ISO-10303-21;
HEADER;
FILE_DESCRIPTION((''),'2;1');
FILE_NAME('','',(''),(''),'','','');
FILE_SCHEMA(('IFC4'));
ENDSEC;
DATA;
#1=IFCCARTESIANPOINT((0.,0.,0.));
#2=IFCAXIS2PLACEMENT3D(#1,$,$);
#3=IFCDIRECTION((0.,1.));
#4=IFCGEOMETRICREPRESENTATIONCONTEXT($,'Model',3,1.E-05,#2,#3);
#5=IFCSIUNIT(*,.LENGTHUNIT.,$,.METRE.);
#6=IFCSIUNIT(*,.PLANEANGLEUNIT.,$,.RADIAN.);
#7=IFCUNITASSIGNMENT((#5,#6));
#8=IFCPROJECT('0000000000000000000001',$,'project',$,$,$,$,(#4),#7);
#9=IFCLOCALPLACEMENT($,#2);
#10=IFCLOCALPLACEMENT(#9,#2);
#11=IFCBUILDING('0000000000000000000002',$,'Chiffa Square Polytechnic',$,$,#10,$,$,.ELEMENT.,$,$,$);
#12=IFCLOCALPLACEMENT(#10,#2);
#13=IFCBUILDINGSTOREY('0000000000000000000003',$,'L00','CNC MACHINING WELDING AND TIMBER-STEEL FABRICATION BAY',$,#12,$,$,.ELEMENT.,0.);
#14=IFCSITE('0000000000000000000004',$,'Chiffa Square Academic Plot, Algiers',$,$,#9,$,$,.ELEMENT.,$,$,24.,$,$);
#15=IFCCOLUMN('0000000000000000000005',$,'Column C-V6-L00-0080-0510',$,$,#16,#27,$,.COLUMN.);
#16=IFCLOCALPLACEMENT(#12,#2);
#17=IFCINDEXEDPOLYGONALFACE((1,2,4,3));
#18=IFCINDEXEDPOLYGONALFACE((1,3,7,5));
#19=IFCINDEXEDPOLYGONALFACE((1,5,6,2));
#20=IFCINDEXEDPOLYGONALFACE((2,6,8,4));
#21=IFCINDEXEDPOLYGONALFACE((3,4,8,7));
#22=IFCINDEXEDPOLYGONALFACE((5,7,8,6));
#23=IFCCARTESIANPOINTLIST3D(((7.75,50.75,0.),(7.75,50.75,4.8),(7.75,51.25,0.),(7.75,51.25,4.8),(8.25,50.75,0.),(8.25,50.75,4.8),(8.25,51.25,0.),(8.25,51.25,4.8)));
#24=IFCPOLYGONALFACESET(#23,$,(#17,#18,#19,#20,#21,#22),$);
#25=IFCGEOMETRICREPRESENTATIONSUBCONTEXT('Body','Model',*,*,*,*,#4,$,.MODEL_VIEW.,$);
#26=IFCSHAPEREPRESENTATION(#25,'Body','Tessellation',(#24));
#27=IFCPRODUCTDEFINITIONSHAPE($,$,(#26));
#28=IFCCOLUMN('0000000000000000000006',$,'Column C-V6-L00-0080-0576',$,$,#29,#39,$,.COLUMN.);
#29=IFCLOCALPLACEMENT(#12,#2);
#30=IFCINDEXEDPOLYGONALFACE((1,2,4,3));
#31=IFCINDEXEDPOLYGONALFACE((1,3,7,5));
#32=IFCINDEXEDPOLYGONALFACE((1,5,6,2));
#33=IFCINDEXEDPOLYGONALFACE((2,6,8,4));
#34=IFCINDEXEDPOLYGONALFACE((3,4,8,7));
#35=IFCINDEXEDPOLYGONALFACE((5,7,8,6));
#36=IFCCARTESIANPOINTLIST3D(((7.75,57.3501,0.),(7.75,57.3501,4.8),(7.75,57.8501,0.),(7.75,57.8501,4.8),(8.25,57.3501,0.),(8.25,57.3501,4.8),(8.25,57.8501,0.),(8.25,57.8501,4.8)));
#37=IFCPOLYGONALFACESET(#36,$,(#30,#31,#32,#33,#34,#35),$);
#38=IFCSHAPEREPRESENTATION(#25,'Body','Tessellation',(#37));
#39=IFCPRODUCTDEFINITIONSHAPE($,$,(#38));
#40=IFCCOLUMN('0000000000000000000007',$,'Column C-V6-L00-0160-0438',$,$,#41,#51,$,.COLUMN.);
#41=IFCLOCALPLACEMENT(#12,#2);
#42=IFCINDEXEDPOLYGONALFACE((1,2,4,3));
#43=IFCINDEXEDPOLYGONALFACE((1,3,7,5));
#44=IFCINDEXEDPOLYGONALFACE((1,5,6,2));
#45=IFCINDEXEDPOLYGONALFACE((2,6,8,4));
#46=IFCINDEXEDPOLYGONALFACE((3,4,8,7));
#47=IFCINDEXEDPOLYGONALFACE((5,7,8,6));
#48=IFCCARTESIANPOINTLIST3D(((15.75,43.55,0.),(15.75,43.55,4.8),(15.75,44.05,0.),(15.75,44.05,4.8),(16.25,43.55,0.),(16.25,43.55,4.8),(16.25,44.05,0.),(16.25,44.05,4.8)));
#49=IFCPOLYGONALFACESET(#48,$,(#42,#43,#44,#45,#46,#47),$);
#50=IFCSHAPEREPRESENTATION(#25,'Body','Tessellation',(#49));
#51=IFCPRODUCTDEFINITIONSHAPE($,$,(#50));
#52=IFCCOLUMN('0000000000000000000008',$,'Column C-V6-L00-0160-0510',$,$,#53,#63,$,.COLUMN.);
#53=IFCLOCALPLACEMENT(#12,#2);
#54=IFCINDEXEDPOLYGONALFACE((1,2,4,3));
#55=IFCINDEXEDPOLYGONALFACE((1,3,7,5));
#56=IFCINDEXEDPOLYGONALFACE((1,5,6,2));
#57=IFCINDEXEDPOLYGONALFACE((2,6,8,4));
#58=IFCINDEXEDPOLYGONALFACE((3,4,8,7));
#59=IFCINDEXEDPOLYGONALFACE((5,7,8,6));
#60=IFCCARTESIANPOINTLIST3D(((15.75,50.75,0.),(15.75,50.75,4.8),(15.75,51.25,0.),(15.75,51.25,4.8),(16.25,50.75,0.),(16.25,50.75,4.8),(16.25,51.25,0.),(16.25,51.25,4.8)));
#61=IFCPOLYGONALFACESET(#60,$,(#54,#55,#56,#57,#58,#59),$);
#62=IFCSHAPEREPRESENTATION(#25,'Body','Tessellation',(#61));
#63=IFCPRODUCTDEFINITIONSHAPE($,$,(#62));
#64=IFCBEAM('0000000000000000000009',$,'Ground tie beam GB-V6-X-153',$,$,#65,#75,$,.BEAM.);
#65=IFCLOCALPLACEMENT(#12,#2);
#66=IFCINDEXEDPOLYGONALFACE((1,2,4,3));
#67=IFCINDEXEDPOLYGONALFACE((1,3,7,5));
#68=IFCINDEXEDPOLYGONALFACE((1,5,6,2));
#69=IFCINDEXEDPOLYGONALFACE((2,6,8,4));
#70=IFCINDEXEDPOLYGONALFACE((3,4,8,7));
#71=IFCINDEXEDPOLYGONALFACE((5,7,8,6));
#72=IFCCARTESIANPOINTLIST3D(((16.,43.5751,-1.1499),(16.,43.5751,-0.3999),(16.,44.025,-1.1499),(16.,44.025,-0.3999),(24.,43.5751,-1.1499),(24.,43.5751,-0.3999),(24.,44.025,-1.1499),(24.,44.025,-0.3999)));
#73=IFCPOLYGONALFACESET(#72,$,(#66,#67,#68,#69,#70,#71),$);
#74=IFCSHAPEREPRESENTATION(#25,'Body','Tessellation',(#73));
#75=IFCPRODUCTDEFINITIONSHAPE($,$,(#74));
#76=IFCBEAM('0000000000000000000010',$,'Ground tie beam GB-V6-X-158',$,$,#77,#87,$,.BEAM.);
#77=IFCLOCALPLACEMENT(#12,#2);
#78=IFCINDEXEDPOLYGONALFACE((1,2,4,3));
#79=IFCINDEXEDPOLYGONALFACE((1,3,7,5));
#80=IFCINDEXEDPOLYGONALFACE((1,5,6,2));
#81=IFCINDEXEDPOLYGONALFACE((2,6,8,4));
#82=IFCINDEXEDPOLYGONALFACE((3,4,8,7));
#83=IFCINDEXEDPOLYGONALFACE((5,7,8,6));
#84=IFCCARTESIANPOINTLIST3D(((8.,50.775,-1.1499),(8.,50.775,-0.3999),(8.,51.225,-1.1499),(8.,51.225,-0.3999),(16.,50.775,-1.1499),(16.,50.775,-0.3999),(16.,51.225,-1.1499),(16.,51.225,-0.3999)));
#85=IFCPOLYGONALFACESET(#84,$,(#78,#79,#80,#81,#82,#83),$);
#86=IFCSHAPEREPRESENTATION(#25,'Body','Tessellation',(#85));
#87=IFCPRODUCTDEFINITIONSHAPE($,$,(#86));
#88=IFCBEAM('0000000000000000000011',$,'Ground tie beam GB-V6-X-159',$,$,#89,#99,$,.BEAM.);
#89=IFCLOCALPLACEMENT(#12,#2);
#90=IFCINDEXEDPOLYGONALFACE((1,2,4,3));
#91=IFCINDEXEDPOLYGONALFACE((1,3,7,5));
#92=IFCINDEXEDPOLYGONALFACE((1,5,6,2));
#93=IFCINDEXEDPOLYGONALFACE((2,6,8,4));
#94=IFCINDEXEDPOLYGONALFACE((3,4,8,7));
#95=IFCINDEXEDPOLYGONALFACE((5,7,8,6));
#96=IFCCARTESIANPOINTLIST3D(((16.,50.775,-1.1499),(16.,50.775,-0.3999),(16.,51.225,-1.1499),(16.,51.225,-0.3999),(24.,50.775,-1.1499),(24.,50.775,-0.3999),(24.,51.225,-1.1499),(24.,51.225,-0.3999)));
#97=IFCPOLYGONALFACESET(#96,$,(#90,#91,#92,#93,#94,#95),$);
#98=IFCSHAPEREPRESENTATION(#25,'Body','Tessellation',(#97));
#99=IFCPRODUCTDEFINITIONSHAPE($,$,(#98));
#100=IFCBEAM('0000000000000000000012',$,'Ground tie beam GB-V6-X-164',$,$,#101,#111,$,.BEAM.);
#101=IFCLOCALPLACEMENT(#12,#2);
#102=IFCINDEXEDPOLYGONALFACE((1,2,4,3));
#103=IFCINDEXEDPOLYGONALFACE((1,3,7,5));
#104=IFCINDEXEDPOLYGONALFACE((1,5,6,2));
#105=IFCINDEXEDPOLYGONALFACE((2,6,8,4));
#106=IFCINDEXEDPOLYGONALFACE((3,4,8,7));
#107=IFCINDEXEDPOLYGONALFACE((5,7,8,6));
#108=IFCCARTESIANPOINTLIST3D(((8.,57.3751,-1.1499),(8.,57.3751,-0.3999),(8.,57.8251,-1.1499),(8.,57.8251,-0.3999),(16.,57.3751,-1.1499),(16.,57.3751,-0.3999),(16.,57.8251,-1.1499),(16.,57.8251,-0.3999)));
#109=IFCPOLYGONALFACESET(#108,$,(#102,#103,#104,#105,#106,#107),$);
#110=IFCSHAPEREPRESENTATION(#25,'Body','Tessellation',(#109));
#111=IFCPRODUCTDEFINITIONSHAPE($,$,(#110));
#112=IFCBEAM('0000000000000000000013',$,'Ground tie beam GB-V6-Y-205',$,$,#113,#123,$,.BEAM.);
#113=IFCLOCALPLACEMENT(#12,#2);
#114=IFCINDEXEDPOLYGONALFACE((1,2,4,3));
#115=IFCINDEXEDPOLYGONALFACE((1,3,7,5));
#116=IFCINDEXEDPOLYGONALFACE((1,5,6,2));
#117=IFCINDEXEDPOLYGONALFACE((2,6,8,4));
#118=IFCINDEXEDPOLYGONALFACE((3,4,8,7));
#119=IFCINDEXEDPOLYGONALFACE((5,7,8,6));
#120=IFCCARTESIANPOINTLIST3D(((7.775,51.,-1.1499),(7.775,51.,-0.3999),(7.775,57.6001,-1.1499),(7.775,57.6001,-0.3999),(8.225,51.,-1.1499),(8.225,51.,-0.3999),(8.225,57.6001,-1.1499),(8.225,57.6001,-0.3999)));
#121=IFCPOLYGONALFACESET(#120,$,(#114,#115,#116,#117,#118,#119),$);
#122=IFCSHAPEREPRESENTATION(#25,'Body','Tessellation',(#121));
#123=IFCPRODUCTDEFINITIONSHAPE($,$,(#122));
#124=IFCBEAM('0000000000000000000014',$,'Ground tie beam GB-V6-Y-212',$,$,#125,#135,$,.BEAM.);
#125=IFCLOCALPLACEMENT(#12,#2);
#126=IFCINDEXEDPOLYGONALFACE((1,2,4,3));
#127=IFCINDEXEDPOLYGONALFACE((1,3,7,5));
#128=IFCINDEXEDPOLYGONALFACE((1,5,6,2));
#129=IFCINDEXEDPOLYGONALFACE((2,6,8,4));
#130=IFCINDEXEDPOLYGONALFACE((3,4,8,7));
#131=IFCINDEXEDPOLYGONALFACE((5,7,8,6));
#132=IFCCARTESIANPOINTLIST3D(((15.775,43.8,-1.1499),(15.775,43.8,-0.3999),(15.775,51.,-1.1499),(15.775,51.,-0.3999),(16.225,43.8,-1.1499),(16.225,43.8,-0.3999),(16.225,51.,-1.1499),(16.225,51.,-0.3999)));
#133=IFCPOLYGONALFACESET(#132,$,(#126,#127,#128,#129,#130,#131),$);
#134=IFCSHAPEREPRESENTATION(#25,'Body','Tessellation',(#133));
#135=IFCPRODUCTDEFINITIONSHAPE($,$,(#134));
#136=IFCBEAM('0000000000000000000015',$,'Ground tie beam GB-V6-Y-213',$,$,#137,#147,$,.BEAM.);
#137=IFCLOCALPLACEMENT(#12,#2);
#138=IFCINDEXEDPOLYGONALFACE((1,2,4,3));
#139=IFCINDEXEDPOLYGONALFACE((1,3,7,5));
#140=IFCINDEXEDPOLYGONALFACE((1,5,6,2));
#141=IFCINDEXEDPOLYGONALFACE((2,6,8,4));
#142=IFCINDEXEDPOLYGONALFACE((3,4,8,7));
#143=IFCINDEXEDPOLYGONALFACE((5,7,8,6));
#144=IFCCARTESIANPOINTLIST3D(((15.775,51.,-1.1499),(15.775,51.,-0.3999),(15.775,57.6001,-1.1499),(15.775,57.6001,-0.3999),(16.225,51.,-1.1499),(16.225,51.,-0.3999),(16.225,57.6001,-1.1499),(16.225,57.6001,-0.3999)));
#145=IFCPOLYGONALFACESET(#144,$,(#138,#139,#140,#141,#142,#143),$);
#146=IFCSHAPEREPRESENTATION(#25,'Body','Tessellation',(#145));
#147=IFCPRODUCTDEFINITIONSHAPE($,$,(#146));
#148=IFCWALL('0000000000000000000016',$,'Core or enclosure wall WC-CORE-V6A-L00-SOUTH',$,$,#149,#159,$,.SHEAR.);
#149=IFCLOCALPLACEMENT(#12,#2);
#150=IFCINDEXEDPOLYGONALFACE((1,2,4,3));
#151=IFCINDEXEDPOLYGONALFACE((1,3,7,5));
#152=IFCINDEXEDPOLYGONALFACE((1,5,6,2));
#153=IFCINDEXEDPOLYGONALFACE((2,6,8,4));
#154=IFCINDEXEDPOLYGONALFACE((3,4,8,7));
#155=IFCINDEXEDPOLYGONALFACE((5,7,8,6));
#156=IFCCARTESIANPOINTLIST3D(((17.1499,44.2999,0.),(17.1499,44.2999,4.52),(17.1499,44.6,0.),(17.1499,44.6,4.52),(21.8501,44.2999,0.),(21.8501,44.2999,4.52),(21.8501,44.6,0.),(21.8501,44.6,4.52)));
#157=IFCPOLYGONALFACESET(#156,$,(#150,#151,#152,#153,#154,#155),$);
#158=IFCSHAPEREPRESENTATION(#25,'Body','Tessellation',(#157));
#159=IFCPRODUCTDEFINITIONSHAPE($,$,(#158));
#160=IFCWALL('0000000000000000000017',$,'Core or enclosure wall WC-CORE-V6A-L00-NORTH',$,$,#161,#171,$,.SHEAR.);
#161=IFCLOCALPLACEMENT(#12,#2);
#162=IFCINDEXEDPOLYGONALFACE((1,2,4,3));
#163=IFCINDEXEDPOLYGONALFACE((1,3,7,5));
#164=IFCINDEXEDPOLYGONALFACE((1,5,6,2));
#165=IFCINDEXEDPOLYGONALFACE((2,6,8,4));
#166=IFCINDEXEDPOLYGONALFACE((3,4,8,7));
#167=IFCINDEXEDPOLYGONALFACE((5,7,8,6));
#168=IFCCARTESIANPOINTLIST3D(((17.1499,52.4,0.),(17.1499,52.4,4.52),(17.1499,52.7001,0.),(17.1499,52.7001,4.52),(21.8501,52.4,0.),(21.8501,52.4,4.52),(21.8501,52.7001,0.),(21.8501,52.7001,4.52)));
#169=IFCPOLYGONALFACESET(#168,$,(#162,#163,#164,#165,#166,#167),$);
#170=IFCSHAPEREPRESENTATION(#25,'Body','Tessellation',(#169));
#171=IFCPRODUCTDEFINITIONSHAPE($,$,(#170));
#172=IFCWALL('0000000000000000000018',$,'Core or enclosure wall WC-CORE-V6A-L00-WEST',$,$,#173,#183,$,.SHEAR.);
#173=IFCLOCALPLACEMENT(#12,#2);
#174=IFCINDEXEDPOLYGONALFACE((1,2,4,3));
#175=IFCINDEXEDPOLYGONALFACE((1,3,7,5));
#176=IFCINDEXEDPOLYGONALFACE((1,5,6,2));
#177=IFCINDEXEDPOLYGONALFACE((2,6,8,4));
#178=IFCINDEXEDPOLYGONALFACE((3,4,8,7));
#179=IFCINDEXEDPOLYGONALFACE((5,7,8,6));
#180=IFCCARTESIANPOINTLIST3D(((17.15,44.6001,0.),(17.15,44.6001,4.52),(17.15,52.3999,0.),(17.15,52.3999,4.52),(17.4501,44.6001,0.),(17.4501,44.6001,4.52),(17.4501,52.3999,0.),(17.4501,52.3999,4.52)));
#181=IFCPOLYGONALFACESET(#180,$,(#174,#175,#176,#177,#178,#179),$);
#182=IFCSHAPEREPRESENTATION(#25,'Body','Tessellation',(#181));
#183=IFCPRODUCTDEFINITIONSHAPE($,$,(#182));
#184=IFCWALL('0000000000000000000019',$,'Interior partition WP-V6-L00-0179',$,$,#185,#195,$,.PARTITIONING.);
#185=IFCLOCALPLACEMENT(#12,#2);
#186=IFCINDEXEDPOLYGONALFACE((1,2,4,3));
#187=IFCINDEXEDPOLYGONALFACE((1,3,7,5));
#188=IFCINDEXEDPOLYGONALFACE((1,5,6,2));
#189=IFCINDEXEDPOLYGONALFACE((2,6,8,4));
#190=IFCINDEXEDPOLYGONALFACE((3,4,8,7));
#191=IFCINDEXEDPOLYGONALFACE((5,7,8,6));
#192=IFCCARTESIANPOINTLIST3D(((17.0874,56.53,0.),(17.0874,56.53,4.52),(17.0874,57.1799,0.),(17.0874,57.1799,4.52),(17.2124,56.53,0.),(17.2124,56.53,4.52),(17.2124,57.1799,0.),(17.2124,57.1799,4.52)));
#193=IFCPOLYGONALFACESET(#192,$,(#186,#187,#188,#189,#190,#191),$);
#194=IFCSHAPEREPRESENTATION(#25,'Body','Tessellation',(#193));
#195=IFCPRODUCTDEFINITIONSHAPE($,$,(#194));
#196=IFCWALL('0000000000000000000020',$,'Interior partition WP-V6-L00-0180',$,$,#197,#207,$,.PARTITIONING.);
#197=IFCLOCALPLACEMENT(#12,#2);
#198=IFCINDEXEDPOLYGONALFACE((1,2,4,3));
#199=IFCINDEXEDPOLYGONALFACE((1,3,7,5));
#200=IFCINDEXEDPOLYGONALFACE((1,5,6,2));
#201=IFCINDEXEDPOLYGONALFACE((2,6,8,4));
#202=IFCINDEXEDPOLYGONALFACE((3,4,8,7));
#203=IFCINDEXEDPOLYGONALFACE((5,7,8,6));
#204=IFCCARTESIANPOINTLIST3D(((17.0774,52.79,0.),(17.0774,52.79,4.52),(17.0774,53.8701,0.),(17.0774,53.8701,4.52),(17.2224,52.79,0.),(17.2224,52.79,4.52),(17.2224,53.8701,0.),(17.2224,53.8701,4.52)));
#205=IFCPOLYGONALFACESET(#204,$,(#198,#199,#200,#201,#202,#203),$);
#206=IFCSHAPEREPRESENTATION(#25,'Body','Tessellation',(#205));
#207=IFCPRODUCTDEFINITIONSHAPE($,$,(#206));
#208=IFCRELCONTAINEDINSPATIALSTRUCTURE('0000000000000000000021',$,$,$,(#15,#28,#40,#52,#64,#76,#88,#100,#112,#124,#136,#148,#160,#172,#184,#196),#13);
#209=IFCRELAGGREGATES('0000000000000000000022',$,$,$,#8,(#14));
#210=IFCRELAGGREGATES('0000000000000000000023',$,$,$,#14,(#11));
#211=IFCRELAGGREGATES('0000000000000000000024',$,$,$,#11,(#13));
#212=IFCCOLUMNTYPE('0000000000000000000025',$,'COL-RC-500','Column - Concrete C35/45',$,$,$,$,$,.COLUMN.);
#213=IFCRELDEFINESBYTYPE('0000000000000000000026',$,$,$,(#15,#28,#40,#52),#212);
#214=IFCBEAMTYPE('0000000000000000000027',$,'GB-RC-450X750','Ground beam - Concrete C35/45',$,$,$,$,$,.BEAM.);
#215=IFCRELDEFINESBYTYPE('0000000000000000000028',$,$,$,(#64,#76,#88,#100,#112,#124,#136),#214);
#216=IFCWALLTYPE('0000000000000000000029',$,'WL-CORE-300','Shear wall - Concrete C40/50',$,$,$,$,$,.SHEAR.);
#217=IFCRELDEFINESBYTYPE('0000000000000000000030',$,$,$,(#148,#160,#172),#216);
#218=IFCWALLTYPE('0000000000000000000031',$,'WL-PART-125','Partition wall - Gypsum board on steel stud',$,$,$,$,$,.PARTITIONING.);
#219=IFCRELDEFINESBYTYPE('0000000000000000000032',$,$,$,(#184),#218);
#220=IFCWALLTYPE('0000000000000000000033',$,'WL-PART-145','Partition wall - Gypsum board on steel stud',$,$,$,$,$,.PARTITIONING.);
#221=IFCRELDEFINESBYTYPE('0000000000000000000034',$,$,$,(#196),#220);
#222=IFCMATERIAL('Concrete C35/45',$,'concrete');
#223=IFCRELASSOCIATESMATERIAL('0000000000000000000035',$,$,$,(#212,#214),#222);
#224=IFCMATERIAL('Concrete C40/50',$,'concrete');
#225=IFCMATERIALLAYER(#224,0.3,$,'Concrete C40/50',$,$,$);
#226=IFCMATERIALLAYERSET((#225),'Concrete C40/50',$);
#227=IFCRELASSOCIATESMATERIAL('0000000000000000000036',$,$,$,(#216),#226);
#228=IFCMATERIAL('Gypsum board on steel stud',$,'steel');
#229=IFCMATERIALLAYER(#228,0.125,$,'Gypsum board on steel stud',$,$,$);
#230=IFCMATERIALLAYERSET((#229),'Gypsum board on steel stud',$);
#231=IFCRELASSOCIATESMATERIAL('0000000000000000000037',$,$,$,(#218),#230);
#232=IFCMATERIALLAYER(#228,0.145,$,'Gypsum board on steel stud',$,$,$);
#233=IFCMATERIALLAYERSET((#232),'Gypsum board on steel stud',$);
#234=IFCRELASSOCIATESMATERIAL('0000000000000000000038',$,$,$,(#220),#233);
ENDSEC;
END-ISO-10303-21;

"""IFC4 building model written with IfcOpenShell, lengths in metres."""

from ifc_helpers import new_model, si_unit, direction, frame, frame_2d, origin, origin_2d, place, context, subcontext, project, spatial, rectangle, extrude, material, layer, layer_set, material_profile, profile_set, type_object, element, save


model = new_model("IFC4")

# Units and contexts
model_context = context("Model", 3, precision=1e-05, world=origin(), true_north=direction((0.0, 1.0)))
body_context = subcontext(model_context, "Body", "Model", "MODEL_VIEW")
ifc_project = project(units=[si_unit("LENGTHUNIT", "METRE"), si_unit("PLANEANGLEUNIT", "RADIAN")], contexts=[model_context])

# Site, building, storey
site_placement = place(None, origin())
site = spatial("IfcSite", under=ifc_project, at=site_placement, Name="Chiffa Square Academic Plot, Algiers", CompositionType="ELEMENT", RefElevation=24.0)
building_placement = place(site_placement, origin())
building = spatial("IfcBuilding", under=site, at=building_placement, Name="Chiffa Square Polytechnic", CompositionType="ELEMENT")
storey_placement = place(building_placement, origin())
storey = spatial("IfcBuildingStorey", under=building, at=storey_placement, Name="L00", Description="CNC MACHINING WELDING AND TIMBER-STEEL FABRICATION BAY", CompositionType="ELEMENT", Elevation=0.0)

# Columns
ifc_material_1 = material(Name="Concrete C35/45", Category="concrete")
ifc_material_profile_1 = material_profile(ifc_material_1, rectangle(XDim=0.5, YDim=0.5, at=origin_2d()), Name="RC 500x500")
ifc_profile_set_1 = profile_set([ifc_material_profile_1], Name="Concrete C35/45")
column_type = type_object("IfcColumnType", Name="COL-RC-500", Description="Column - Concrete C35/45", PredefinedType="COLUMN", material=ifc_profile_set_1)
for number, where, z_axis, x_axis, name in (
    (1, (8.0, 51.0, 0.0), (0.0, 0.0, 1.0), (1.0, 0.0, 0.0), "Column C-V6-L00-0080-0510"),
    (2, (8.0, 57.6001, 0.0), (0.0, 0.0, 1.0), (1.0, 0.0, 0.0), "Column C-V6-L00-0080-0576"),
    (3, (16.0, 43.8, 0.0), (0.0, 0.0, 1.0), (1.0, 0.0, 0.0), "Column C-V6-L00-0160-0438"),
    (4, (16.0, 51.0, 0.0), (0.0, 0.0, 1.0), (1.0, 0.0, 0.0), "Column C-V6-L00-0160-0510"),
):
    element("IfcColumn", number, at=place(storey_placement, frame(where, z_axis=z_axis, x_axis=x_axis)), inside=storey, type_object=column_type, Name=name, PredefinedType="COLUMN", context=body_context, shape_type="SweptSolid", body=[
        extrude(rectangle(XDim=0.5, YDim=0.5, at=origin_2d()), origin(), (0.0, 0.0, 1.0), 4.8),
    ])

# Beams
ifc_material_profile_2 = material_profile(ifc_material_1, rectangle(XDim=0.45, YDim=0.75, at=origin_2d()), Name="RC 450x750")
ifc_profile_set_2 = profile_set([ifc_material_profile_2], Name="Concrete C35/45")
beam_type = type_object("IfcBeamType", Name="GB-RC-450X750", Description="Ground beam - Concrete C35/45", PredefinedType="BEAM", material=ifc_profile_set_2)
for number, where, z_axis, x_axis, name in (
    (5, (16.0, 43.8, -0.7749), (1.0, 0.0, 0.0), (0.0, 1.0, 0.0), "Ground tie beam GB-V6-X-153"),
    (6, (8.0, 51.0, -0.7749), (1.0, 0.0, 0.0), (0.0, 1.0, 0.0), "Ground tie beam GB-V6-X-158"),
    (7, (16.0, 51.0, -0.7749), (1.0, 0.0, 0.0), (0.0, 1.0, 0.0), "Ground tie beam GB-V6-X-159"),
    (8, (8.0, 57.6001, -0.7749), (1.0, 0.0, 0.0), (0.0, 1.0, 0.0), "Ground tie beam GB-V6-X-164"),
):
    element("IfcBeam", number, at=place(storey_placement, frame(where, z_axis=z_axis, x_axis=x_axis)), inside=storey, type_object=beam_type, Name=name, PredefinedType="BEAM", context=body_context, shape_type="SweptSolid", body=[
        extrude(rectangle(XDim=0.45, YDim=0.75, at=origin_2d()), origin(), (0.0, 0.0, 1.0), 8.0),
    ])
beam_1_placement = place(storey_placement, frame((8.0, 51.0, -0.7749), z_axis=(0.0, 1.0, 0.0), x_axis=(-1.0, 0.0, 0.0)))
element("IfcBeam", 9, at=beam_1_placement, inside=storey, type_object=beam_type, Name="Ground tie beam GB-V6-Y-205", PredefinedType="BEAM", context=body_context, shape_type="SweptSolid", body=[
    extrude(rectangle(XDim=0.45, YDim=0.75, at=origin_2d()), origin(), (0.0, 0.0, 1.0), 6.6001),
])
beam_2_placement = place(storey_placement, frame((16.0, 43.8, -0.7749), z_axis=(0.0, 1.0, 0.0), x_axis=(-1.0, 0.0, 0.0)))
element("IfcBeam", 10, at=beam_2_placement, inside=storey, type_object=beam_type, Name="Ground tie beam GB-V6-Y-212", PredefinedType="BEAM", context=body_context, shape_type="SweptSolid", body=[
    extrude(rectangle(XDim=0.45, YDim=0.75, at=origin_2d()), origin(), (0.0, 0.0, 1.0), 7.2),
])
beam_3_placement = place(storey_placement, frame((16.0, 51.0, -0.7749), z_axis=(0.0, 1.0, 0.0), x_axis=(-1.0, 0.0, 0.0)))
element("IfcBeam", 11, at=beam_3_placement, inside=storey, type_object=beam_type, Name="Ground tie beam GB-V6-Y-213", PredefinedType="BEAM", context=body_context, shape_type="SweptSolid", body=[
    extrude(rectangle(XDim=0.45, YDim=0.75, at=origin_2d()), origin(), (0.0, 0.0, 1.0), 6.6001),
])

# Walls
ifc_material_2 = material(Name="Concrete C40/50", Category="concrete")
ifc_layer_1 = layer(ifc_material_2, 0.3, Name="Concrete C40/50")
ifc_layer_set_1 = layer_set([ifc_layer_1], Name="Concrete C40/50")
wall_type_1 = type_object("IfcWallType", Name="WL-CORE-300", Description="Shear wall - Concrete C40/50", PredefinedType="SHEAR", material=ifc_layer_set_1)
for number, where, z_axis, x_axis, name in (
    (12, (17.1499, 44.45, 0.0), (0.0, 0.0, 1.0), (1.0, 0.0, 0.0), "Core or enclosure wall WC-CORE-V6A-L00-SOUTH"),
    (13, (17.1499, 52.55, 0.0), (0.0, 0.0, 1.0), (1.0, 0.0, 0.0), "Core or enclosure wall WC-CORE-V6A-L00-NORTH"),
):
    element("IfcWall", number, at=place(storey_placement, frame(where, z_axis=z_axis, x_axis=x_axis)), inside=storey, type_object=wall_type_1, Name=name, PredefinedType="SHEAR", context=body_context, shape_type="SweptSolid", body=[
        extrude(rectangle(XDim=4.7002, YDim=0.3, at=frame_2d((2.3501, 0.0))), origin(), (0.0, 0.0, 1.0), 4.52),
    ])
wall_1_placement = place(storey_placement, frame((17.3, 44.6001, 0.0), z_axis=(0.0, 0.0, 1.0), x_axis=(0.0, 1.0, 0.0)))
element("IfcWall", 14, at=wall_1_placement, inside=storey, type_object=wall_type_1, Name="Core or enclosure wall WC-CORE-V6A-L00-WEST", PredefinedType="SHEAR", context=body_context, shape_type="SweptSolid", body=[
    extrude(rectangle(XDim=7.7998, YDim=0.3, at=frame_2d((3.8999, 0.0))), origin(), (0.0, 0.0, 1.0), 4.52),
])
ifc_material_3 = material(Name="Gypsum board on steel stud", Category="steel")
ifc_layer_2 = layer(ifc_material_3, 0.125, Name="Gypsum board on steel stud")
ifc_layer_set_2 = layer_set([ifc_layer_2], Name="Gypsum board on steel stud")
wall_type_2 = type_object("IfcWallType", Name="WL-PART-125", Description="Partition wall - Gypsum board on steel stud", PredefinedType="PARTITIONING", material=ifc_layer_set_2)
wall_2_placement = place(storey_placement, frame((17.1499, 56.53, 0.0), z_axis=(0.0, 0.0, 1.0), x_axis=(0.0, 1.0, 0.0)))
element("IfcWall", 15, at=wall_2_placement, inside=storey, type_object=wall_type_2, Name="Interior partition WP-V6-L00-0179", PredefinedType="PARTITIONING", context=body_context, shape_type="SweptSolid", body=[
    extrude(rectangle(XDim=0.6499, YDim=0.125, at=frame_2d((0.325, 0.0))), origin(), (0.0, 0.0, 1.0), 4.52),
])
ifc_layer_3 = layer(ifc_material_3, 0.145, Name="Gypsum board on steel stud")
ifc_layer_set_3 = layer_set([ifc_layer_3], Name="Gypsum board on steel stud")
wall_type_3 = type_object("IfcWallType", Name="WL-PART-145", Description="Partition wall - Gypsum board on steel stud", PredefinedType="PARTITIONING", material=ifc_layer_set_3)
wall_3_placement = place(storey_placement, frame((17.1499, 52.79, 0.0), z_axis=(0.0, 0.0, 1.0), x_axis=(0.0, 1.0, 0.0)))
element("IfcWall", 16, at=wall_3_placement, inside=storey, type_object=wall_type_3, Name="Interior partition WP-V6-L00-0180", PredefinedType="PARTITIONING", context=body_context, shape_type="SweptSolid", body=[
    extrude(rectangle(XDim=1.0801, YDim=0.145, at=frame_2d((0.54, 0.0))), origin(), (0.0, 0.0, 1.0), 4.52),
])

save(model, "model.ifc")
